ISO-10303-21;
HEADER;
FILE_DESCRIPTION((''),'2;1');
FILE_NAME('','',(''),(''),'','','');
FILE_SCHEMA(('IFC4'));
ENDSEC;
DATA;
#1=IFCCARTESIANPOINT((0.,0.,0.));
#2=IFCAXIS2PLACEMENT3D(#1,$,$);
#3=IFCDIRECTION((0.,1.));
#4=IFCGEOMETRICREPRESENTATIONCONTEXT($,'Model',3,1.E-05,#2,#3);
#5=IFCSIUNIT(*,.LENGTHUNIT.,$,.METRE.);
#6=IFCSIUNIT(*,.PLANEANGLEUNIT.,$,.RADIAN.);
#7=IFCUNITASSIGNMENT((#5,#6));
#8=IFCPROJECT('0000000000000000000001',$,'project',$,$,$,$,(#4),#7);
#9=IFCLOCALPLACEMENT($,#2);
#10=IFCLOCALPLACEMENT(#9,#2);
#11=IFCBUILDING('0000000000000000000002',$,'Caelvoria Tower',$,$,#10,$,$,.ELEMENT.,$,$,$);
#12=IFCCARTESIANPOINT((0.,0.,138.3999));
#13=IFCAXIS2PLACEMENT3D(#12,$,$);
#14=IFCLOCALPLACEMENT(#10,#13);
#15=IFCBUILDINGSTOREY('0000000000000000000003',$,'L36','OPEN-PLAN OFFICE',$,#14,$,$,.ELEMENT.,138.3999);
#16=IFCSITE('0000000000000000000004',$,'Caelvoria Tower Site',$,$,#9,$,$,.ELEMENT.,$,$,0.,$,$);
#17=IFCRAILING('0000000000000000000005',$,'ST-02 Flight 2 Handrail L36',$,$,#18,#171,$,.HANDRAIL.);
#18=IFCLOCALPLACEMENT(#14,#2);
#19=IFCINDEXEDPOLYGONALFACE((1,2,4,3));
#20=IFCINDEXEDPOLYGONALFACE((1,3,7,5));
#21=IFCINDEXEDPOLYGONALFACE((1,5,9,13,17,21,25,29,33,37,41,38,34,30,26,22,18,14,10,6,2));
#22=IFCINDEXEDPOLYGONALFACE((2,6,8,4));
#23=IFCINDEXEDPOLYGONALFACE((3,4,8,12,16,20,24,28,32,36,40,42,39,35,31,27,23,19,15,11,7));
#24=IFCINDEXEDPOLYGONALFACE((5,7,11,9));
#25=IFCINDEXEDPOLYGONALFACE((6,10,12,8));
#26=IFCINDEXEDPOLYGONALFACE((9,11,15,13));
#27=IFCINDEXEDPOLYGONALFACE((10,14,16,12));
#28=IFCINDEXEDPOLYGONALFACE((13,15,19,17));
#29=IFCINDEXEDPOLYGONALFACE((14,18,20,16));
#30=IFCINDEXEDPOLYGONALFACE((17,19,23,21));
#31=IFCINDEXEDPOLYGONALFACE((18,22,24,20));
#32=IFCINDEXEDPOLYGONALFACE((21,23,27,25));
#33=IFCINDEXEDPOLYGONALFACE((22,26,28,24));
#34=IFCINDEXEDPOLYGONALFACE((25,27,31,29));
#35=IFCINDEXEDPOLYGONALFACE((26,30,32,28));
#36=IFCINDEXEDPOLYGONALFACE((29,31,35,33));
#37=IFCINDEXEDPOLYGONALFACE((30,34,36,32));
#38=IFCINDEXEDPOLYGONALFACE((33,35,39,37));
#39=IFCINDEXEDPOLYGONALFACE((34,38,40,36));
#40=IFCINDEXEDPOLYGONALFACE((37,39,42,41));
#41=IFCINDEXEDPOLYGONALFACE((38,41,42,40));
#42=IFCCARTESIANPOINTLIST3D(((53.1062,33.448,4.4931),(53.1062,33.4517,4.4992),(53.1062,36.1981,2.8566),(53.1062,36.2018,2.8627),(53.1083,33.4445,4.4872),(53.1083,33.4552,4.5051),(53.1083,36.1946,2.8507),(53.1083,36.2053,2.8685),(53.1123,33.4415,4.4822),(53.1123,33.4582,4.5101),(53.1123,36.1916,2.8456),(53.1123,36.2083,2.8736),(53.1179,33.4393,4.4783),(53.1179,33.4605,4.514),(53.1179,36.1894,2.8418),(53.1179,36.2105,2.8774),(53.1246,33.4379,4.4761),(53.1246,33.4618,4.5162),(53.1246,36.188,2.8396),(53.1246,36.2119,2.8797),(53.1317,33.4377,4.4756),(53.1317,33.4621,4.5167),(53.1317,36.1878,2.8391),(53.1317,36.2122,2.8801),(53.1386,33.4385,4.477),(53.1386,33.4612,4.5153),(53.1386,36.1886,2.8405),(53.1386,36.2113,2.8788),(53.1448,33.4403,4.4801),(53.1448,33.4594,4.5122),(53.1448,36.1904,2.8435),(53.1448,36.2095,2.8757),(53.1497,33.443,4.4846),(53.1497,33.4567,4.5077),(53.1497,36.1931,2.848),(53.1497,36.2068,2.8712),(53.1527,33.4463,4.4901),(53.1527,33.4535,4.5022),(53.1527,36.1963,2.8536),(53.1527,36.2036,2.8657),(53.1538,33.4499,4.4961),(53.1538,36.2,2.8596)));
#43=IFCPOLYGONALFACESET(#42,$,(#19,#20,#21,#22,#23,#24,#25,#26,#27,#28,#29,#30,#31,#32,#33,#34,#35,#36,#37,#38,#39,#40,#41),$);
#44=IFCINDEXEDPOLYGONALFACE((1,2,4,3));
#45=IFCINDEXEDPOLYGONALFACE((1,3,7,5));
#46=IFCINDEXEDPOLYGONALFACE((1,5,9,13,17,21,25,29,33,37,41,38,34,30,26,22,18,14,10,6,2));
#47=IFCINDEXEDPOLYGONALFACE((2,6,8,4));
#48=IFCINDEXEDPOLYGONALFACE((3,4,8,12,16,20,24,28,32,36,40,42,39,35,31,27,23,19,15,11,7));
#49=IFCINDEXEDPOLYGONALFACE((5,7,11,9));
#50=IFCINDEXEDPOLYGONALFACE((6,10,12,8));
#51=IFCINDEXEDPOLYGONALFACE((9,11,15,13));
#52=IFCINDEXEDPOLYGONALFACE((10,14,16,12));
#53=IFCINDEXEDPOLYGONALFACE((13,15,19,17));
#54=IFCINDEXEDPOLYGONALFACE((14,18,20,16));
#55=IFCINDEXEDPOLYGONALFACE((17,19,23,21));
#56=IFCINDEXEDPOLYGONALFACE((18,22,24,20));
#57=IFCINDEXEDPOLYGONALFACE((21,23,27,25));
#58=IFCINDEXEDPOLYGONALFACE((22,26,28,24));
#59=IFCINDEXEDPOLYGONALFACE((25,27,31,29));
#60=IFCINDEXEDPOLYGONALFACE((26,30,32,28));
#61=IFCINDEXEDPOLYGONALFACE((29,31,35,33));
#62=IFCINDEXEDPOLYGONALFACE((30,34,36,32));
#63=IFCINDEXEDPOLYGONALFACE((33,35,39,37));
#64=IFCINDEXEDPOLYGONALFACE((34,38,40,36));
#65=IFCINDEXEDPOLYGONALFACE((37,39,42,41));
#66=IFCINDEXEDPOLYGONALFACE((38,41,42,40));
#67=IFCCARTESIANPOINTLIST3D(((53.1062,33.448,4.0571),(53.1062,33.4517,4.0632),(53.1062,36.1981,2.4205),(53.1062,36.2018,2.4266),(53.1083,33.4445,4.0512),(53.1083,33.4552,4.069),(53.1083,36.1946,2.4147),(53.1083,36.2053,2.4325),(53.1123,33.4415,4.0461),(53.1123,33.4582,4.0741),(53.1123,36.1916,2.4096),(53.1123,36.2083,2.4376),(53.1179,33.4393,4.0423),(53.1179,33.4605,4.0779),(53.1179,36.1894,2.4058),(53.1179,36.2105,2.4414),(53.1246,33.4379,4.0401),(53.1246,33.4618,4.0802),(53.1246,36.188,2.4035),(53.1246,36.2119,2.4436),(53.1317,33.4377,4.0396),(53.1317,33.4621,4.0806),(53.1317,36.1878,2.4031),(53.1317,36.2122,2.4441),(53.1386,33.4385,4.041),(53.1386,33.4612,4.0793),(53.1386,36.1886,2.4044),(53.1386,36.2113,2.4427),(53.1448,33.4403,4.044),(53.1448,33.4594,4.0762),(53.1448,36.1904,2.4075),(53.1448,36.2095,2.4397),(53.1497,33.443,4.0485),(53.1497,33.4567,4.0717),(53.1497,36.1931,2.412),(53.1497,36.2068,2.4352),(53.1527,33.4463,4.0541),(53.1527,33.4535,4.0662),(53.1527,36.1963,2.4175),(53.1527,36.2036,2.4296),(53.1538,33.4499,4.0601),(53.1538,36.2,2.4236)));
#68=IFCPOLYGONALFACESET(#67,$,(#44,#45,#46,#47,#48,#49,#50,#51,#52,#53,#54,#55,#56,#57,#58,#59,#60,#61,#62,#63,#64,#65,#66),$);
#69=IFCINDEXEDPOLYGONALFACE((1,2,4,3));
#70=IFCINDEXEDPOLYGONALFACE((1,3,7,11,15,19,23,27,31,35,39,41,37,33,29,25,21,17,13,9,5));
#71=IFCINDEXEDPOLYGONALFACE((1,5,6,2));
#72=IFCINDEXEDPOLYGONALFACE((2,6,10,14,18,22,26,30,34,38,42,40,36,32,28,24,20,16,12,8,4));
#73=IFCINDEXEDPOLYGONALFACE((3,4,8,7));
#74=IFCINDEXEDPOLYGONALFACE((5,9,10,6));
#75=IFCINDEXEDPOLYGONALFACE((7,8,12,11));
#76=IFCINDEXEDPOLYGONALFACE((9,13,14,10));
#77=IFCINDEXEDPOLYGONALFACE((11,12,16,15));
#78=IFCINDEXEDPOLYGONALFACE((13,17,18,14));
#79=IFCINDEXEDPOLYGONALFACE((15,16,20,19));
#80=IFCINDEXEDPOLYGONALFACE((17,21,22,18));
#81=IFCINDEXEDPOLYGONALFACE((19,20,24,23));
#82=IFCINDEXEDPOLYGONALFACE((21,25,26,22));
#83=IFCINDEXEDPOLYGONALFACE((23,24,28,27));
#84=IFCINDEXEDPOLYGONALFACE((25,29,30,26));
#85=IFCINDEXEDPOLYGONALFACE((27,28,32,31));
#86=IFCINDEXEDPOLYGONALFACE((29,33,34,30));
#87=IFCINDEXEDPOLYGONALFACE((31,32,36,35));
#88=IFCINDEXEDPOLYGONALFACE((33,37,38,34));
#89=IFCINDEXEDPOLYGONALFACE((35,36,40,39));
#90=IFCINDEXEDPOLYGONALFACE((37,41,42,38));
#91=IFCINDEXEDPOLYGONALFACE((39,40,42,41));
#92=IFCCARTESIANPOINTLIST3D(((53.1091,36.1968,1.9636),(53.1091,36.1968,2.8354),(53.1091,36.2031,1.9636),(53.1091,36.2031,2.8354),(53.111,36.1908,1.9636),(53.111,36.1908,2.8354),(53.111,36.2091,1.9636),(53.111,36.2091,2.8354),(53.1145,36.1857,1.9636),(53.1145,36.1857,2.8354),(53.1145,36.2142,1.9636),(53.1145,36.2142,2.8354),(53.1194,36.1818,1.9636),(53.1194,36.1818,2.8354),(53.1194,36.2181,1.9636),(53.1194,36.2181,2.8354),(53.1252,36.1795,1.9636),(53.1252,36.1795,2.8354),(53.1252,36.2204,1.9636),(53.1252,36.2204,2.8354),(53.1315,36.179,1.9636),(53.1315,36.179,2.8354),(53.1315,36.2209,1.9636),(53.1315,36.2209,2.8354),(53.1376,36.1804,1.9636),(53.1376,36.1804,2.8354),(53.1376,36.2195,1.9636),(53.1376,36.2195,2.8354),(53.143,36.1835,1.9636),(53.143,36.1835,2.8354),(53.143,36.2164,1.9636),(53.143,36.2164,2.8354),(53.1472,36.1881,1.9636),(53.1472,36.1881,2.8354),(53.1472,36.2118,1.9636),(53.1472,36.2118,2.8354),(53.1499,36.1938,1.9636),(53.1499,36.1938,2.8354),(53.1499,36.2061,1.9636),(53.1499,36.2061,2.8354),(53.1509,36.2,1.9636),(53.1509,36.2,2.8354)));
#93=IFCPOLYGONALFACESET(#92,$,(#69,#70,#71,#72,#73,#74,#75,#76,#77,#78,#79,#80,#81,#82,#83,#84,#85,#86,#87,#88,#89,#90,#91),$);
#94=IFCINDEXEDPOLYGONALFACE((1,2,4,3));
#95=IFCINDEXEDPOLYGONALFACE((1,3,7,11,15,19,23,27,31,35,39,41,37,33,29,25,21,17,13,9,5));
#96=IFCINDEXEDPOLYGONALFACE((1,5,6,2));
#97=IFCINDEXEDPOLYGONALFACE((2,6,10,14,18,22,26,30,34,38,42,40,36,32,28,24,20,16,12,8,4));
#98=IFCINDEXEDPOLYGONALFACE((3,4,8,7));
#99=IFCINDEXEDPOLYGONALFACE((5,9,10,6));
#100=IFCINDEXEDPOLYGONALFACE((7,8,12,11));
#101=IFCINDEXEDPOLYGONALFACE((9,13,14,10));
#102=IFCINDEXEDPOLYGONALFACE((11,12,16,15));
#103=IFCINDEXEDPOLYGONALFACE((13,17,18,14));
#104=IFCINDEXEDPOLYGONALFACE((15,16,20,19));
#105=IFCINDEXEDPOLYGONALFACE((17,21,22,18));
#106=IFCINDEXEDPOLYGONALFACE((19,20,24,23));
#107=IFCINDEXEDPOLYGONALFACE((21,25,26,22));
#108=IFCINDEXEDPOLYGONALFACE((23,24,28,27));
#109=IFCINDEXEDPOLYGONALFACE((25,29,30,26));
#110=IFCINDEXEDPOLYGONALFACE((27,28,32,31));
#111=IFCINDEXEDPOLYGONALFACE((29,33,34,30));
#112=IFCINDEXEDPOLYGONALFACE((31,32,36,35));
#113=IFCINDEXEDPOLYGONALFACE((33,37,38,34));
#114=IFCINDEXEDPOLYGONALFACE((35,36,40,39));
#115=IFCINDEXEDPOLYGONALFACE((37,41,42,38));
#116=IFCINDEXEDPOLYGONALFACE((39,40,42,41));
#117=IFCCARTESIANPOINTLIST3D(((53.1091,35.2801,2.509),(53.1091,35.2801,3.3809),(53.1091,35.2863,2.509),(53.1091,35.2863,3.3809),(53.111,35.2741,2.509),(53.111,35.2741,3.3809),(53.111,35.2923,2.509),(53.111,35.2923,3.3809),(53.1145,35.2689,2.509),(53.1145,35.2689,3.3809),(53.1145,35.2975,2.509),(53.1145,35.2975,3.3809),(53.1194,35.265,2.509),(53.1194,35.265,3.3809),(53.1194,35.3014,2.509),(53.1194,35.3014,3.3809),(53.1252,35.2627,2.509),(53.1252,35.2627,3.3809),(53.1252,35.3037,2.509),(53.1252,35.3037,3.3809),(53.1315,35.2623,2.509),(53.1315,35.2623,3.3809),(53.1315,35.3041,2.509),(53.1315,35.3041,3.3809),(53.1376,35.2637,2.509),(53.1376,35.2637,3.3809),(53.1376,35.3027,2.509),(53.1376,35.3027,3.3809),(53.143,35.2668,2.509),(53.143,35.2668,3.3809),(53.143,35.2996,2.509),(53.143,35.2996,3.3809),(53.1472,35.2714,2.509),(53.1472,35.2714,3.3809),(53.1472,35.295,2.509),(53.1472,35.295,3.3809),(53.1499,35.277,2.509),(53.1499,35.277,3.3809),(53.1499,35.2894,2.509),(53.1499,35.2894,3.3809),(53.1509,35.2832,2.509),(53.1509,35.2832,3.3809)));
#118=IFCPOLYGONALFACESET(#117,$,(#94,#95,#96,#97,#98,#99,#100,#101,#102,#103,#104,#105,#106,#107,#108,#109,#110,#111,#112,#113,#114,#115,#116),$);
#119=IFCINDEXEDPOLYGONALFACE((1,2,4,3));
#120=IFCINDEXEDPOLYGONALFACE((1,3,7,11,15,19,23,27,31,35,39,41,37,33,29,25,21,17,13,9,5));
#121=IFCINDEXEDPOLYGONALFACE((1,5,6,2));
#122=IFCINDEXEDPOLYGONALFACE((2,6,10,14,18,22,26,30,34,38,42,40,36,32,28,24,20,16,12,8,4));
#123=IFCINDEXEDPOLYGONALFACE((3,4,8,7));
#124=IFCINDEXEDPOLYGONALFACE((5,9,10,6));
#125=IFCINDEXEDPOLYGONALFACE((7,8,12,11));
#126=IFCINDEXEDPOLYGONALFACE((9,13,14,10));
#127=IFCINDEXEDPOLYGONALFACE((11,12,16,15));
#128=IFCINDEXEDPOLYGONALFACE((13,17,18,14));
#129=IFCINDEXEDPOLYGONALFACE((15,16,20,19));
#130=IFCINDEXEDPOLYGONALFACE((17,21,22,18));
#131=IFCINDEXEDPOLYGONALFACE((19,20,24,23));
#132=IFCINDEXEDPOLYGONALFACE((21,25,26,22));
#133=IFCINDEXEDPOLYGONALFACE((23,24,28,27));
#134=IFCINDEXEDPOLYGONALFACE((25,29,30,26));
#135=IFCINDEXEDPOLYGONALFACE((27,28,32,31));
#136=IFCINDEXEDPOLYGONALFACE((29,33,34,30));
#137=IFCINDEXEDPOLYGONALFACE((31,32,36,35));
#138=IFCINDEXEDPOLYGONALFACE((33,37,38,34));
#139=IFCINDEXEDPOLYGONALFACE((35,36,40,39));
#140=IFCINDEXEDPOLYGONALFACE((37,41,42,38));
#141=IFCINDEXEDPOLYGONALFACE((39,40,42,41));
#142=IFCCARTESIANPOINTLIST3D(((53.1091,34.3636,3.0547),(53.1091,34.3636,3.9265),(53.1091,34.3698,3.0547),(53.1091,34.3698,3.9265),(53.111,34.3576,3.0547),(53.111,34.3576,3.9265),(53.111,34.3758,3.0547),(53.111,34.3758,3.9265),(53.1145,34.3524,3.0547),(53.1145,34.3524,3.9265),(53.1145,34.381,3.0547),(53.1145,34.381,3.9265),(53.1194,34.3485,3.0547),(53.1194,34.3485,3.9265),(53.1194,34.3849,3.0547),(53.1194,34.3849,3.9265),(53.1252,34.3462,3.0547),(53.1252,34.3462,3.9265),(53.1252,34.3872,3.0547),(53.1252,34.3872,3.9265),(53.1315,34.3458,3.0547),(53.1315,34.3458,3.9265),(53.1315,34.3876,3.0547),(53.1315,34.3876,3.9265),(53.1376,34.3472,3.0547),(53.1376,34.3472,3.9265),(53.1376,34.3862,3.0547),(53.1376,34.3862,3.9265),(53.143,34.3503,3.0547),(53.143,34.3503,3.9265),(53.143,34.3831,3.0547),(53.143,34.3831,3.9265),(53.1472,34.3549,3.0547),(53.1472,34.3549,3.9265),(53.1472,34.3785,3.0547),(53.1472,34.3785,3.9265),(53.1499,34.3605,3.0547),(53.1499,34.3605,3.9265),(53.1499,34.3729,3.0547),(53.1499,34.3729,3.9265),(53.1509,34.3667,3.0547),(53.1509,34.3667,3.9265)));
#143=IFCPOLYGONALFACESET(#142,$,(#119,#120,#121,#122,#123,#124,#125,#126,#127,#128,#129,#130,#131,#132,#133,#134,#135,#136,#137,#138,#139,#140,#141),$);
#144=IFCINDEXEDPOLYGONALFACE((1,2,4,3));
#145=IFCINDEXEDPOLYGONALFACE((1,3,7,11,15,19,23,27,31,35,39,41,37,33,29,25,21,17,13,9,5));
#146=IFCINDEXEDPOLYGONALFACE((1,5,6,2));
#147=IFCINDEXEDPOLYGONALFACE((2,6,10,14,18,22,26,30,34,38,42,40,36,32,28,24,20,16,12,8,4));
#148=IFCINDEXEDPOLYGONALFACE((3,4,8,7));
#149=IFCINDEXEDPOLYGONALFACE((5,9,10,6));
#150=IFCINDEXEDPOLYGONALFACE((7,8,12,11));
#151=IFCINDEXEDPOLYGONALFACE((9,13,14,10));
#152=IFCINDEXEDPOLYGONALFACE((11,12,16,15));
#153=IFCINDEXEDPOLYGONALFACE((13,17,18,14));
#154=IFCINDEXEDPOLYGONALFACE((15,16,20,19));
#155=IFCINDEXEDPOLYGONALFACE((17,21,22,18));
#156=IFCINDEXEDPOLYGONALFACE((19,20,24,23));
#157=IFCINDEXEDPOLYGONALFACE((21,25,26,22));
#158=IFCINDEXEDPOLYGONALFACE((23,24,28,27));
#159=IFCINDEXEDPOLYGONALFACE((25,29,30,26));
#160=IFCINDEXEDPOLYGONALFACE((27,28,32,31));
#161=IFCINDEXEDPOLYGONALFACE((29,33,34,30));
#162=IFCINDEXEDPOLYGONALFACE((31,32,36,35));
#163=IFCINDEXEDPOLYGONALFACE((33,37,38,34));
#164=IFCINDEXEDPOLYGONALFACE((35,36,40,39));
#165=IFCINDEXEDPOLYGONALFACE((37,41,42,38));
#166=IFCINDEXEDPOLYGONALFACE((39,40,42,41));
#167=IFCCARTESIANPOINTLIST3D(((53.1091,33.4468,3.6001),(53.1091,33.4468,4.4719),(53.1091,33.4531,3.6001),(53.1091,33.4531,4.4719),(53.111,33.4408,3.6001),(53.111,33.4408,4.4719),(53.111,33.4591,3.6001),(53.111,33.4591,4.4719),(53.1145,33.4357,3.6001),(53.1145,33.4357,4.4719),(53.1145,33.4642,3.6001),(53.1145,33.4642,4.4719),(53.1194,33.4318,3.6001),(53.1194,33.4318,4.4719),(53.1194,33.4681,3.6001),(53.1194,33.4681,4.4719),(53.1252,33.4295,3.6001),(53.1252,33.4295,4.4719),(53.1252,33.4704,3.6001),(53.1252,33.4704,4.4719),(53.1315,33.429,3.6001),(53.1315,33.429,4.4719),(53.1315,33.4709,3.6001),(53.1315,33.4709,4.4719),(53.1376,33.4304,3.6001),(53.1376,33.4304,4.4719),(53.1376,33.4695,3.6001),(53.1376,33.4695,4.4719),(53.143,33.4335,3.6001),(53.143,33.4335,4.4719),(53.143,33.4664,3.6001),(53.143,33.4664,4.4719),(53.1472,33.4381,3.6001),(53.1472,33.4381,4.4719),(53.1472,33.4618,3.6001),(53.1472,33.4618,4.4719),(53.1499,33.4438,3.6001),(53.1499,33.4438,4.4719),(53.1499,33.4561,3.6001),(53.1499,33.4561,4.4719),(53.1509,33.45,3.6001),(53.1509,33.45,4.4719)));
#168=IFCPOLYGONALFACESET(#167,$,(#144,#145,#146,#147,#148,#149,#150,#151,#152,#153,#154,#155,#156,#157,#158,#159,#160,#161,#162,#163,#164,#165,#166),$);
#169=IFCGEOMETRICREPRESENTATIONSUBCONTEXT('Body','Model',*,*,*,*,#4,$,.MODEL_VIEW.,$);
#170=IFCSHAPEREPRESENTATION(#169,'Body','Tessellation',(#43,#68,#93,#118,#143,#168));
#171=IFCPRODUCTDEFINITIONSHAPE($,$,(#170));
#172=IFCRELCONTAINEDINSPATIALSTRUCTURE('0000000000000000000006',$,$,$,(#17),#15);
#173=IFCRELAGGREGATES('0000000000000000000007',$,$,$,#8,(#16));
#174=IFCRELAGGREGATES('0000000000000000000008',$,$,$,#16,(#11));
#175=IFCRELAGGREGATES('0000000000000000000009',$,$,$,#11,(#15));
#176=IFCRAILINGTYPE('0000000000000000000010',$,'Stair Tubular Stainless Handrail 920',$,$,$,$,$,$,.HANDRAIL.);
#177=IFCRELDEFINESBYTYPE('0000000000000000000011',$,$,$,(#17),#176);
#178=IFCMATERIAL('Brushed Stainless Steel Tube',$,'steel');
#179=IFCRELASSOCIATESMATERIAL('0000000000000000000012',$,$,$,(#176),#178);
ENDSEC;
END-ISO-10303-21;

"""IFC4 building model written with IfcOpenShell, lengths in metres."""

from ifc_helpers import new_model, si_unit, direction, frame, origin, origin_2d, place, context, subcontext, project, spatial, circle, extrude, material, type_object, element, save


model = new_model("IFC4")

# Units and contexts
model_context = context("Model", 3, precision=1e-05, world=origin(), true_north=direction((0.0, 1.0)))
body_context = subcontext(model_context, "Body", "Model", "MODEL_VIEW")
ifc_project = project(units=[si_unit("LENGTHUNIT", "METRE"), si_unit("PLANEANGLEUNIT", "RADIAN")], contexts=[model_context])

# Site, building, storey
site_placement = place(None, origin())
site = spatial("IfcSite", under=ifc_project, at=site_placement, Name="Caelvoria Tower Site", CompositionType="ELEMENT", RefElevation=0.0)
building_placement = place(site_placement, origin())
building = spatial("IfcBuilding", under=site, at=building_placement, Name="Caelvoria Tower", CompositionType="ELEMENT")
storey_placement = place(building_placement, frame((0.0, 0.0, 138.3999)))
storey = spatial("IfcBuildingStorey", under=building, at=storey_placement, Name="L36", Description="OPEN-PLAN OFFICE", CompositionType="ELEMENT", Elevation=138.3999)

# Railing
ifc_material_1 = material(Name="Brushed Stainless Steel Tube", Category="steel")
railing_type_1 = type_object("IfcRailingType", Name="Stair Tubular Stainless Handrail 920", PredefinedType="HANDRAIL", material=ifc_material_1)
railing_1_placement = place(storey_placement, frame((53.1299, 36.2, 1.9636)))
element("IfcRailing", 1, at=railing_1_placement, inside=storey, type_object=railing_type_1, Name="ST-02 Flight 2 Handrail L36", PredefinedType="HANDRAIL", context=body_context, shape_type="SweptSolid", body=[
    extrude(circle(Radius=0.0239, at=origin_2d()), frame((0.0, 0.0, 0.896), z_axis=(0.0, -0.859352, 0.511385), x_axis=(1.0, 0.0, 0.0)), (0.0, 0.0, 1.0), 3.2002),
    extrude(circle(Radius=0.0239, at=origin_2d()), frame((0.0, 0.0, 0.46), z_axis=(0.0, -0.859352, 0.511385), x_axis=(1.0, 0.0, 0.0)), (0.0, 0.0, 1.0), 3.2002),
    extrude(circle(Radius=0.021, at=origin_2d()), origin(), (0.0, 0.0, 1.0), 0.8718),
    extrude(circle(Radius=0.021, at=origin_2d()), frame((0.0, -0.9167, 0.5454)), (0.0, 0.0, 1.0), 0.8718),
    extrude(circle(Radius=0.021, at=origin_2d()), frame((0.0, -1.8333, 1.0911)), (0.0, 0.0, 1.0), 0.8718),
    extrude(circle(Radius=0.021, at=origin_2d()), frame((0.0, -2.75, 1.6365)), (0.0, 0.0, 1.0), 0.8718),
])

save(model, "model.ifc")
